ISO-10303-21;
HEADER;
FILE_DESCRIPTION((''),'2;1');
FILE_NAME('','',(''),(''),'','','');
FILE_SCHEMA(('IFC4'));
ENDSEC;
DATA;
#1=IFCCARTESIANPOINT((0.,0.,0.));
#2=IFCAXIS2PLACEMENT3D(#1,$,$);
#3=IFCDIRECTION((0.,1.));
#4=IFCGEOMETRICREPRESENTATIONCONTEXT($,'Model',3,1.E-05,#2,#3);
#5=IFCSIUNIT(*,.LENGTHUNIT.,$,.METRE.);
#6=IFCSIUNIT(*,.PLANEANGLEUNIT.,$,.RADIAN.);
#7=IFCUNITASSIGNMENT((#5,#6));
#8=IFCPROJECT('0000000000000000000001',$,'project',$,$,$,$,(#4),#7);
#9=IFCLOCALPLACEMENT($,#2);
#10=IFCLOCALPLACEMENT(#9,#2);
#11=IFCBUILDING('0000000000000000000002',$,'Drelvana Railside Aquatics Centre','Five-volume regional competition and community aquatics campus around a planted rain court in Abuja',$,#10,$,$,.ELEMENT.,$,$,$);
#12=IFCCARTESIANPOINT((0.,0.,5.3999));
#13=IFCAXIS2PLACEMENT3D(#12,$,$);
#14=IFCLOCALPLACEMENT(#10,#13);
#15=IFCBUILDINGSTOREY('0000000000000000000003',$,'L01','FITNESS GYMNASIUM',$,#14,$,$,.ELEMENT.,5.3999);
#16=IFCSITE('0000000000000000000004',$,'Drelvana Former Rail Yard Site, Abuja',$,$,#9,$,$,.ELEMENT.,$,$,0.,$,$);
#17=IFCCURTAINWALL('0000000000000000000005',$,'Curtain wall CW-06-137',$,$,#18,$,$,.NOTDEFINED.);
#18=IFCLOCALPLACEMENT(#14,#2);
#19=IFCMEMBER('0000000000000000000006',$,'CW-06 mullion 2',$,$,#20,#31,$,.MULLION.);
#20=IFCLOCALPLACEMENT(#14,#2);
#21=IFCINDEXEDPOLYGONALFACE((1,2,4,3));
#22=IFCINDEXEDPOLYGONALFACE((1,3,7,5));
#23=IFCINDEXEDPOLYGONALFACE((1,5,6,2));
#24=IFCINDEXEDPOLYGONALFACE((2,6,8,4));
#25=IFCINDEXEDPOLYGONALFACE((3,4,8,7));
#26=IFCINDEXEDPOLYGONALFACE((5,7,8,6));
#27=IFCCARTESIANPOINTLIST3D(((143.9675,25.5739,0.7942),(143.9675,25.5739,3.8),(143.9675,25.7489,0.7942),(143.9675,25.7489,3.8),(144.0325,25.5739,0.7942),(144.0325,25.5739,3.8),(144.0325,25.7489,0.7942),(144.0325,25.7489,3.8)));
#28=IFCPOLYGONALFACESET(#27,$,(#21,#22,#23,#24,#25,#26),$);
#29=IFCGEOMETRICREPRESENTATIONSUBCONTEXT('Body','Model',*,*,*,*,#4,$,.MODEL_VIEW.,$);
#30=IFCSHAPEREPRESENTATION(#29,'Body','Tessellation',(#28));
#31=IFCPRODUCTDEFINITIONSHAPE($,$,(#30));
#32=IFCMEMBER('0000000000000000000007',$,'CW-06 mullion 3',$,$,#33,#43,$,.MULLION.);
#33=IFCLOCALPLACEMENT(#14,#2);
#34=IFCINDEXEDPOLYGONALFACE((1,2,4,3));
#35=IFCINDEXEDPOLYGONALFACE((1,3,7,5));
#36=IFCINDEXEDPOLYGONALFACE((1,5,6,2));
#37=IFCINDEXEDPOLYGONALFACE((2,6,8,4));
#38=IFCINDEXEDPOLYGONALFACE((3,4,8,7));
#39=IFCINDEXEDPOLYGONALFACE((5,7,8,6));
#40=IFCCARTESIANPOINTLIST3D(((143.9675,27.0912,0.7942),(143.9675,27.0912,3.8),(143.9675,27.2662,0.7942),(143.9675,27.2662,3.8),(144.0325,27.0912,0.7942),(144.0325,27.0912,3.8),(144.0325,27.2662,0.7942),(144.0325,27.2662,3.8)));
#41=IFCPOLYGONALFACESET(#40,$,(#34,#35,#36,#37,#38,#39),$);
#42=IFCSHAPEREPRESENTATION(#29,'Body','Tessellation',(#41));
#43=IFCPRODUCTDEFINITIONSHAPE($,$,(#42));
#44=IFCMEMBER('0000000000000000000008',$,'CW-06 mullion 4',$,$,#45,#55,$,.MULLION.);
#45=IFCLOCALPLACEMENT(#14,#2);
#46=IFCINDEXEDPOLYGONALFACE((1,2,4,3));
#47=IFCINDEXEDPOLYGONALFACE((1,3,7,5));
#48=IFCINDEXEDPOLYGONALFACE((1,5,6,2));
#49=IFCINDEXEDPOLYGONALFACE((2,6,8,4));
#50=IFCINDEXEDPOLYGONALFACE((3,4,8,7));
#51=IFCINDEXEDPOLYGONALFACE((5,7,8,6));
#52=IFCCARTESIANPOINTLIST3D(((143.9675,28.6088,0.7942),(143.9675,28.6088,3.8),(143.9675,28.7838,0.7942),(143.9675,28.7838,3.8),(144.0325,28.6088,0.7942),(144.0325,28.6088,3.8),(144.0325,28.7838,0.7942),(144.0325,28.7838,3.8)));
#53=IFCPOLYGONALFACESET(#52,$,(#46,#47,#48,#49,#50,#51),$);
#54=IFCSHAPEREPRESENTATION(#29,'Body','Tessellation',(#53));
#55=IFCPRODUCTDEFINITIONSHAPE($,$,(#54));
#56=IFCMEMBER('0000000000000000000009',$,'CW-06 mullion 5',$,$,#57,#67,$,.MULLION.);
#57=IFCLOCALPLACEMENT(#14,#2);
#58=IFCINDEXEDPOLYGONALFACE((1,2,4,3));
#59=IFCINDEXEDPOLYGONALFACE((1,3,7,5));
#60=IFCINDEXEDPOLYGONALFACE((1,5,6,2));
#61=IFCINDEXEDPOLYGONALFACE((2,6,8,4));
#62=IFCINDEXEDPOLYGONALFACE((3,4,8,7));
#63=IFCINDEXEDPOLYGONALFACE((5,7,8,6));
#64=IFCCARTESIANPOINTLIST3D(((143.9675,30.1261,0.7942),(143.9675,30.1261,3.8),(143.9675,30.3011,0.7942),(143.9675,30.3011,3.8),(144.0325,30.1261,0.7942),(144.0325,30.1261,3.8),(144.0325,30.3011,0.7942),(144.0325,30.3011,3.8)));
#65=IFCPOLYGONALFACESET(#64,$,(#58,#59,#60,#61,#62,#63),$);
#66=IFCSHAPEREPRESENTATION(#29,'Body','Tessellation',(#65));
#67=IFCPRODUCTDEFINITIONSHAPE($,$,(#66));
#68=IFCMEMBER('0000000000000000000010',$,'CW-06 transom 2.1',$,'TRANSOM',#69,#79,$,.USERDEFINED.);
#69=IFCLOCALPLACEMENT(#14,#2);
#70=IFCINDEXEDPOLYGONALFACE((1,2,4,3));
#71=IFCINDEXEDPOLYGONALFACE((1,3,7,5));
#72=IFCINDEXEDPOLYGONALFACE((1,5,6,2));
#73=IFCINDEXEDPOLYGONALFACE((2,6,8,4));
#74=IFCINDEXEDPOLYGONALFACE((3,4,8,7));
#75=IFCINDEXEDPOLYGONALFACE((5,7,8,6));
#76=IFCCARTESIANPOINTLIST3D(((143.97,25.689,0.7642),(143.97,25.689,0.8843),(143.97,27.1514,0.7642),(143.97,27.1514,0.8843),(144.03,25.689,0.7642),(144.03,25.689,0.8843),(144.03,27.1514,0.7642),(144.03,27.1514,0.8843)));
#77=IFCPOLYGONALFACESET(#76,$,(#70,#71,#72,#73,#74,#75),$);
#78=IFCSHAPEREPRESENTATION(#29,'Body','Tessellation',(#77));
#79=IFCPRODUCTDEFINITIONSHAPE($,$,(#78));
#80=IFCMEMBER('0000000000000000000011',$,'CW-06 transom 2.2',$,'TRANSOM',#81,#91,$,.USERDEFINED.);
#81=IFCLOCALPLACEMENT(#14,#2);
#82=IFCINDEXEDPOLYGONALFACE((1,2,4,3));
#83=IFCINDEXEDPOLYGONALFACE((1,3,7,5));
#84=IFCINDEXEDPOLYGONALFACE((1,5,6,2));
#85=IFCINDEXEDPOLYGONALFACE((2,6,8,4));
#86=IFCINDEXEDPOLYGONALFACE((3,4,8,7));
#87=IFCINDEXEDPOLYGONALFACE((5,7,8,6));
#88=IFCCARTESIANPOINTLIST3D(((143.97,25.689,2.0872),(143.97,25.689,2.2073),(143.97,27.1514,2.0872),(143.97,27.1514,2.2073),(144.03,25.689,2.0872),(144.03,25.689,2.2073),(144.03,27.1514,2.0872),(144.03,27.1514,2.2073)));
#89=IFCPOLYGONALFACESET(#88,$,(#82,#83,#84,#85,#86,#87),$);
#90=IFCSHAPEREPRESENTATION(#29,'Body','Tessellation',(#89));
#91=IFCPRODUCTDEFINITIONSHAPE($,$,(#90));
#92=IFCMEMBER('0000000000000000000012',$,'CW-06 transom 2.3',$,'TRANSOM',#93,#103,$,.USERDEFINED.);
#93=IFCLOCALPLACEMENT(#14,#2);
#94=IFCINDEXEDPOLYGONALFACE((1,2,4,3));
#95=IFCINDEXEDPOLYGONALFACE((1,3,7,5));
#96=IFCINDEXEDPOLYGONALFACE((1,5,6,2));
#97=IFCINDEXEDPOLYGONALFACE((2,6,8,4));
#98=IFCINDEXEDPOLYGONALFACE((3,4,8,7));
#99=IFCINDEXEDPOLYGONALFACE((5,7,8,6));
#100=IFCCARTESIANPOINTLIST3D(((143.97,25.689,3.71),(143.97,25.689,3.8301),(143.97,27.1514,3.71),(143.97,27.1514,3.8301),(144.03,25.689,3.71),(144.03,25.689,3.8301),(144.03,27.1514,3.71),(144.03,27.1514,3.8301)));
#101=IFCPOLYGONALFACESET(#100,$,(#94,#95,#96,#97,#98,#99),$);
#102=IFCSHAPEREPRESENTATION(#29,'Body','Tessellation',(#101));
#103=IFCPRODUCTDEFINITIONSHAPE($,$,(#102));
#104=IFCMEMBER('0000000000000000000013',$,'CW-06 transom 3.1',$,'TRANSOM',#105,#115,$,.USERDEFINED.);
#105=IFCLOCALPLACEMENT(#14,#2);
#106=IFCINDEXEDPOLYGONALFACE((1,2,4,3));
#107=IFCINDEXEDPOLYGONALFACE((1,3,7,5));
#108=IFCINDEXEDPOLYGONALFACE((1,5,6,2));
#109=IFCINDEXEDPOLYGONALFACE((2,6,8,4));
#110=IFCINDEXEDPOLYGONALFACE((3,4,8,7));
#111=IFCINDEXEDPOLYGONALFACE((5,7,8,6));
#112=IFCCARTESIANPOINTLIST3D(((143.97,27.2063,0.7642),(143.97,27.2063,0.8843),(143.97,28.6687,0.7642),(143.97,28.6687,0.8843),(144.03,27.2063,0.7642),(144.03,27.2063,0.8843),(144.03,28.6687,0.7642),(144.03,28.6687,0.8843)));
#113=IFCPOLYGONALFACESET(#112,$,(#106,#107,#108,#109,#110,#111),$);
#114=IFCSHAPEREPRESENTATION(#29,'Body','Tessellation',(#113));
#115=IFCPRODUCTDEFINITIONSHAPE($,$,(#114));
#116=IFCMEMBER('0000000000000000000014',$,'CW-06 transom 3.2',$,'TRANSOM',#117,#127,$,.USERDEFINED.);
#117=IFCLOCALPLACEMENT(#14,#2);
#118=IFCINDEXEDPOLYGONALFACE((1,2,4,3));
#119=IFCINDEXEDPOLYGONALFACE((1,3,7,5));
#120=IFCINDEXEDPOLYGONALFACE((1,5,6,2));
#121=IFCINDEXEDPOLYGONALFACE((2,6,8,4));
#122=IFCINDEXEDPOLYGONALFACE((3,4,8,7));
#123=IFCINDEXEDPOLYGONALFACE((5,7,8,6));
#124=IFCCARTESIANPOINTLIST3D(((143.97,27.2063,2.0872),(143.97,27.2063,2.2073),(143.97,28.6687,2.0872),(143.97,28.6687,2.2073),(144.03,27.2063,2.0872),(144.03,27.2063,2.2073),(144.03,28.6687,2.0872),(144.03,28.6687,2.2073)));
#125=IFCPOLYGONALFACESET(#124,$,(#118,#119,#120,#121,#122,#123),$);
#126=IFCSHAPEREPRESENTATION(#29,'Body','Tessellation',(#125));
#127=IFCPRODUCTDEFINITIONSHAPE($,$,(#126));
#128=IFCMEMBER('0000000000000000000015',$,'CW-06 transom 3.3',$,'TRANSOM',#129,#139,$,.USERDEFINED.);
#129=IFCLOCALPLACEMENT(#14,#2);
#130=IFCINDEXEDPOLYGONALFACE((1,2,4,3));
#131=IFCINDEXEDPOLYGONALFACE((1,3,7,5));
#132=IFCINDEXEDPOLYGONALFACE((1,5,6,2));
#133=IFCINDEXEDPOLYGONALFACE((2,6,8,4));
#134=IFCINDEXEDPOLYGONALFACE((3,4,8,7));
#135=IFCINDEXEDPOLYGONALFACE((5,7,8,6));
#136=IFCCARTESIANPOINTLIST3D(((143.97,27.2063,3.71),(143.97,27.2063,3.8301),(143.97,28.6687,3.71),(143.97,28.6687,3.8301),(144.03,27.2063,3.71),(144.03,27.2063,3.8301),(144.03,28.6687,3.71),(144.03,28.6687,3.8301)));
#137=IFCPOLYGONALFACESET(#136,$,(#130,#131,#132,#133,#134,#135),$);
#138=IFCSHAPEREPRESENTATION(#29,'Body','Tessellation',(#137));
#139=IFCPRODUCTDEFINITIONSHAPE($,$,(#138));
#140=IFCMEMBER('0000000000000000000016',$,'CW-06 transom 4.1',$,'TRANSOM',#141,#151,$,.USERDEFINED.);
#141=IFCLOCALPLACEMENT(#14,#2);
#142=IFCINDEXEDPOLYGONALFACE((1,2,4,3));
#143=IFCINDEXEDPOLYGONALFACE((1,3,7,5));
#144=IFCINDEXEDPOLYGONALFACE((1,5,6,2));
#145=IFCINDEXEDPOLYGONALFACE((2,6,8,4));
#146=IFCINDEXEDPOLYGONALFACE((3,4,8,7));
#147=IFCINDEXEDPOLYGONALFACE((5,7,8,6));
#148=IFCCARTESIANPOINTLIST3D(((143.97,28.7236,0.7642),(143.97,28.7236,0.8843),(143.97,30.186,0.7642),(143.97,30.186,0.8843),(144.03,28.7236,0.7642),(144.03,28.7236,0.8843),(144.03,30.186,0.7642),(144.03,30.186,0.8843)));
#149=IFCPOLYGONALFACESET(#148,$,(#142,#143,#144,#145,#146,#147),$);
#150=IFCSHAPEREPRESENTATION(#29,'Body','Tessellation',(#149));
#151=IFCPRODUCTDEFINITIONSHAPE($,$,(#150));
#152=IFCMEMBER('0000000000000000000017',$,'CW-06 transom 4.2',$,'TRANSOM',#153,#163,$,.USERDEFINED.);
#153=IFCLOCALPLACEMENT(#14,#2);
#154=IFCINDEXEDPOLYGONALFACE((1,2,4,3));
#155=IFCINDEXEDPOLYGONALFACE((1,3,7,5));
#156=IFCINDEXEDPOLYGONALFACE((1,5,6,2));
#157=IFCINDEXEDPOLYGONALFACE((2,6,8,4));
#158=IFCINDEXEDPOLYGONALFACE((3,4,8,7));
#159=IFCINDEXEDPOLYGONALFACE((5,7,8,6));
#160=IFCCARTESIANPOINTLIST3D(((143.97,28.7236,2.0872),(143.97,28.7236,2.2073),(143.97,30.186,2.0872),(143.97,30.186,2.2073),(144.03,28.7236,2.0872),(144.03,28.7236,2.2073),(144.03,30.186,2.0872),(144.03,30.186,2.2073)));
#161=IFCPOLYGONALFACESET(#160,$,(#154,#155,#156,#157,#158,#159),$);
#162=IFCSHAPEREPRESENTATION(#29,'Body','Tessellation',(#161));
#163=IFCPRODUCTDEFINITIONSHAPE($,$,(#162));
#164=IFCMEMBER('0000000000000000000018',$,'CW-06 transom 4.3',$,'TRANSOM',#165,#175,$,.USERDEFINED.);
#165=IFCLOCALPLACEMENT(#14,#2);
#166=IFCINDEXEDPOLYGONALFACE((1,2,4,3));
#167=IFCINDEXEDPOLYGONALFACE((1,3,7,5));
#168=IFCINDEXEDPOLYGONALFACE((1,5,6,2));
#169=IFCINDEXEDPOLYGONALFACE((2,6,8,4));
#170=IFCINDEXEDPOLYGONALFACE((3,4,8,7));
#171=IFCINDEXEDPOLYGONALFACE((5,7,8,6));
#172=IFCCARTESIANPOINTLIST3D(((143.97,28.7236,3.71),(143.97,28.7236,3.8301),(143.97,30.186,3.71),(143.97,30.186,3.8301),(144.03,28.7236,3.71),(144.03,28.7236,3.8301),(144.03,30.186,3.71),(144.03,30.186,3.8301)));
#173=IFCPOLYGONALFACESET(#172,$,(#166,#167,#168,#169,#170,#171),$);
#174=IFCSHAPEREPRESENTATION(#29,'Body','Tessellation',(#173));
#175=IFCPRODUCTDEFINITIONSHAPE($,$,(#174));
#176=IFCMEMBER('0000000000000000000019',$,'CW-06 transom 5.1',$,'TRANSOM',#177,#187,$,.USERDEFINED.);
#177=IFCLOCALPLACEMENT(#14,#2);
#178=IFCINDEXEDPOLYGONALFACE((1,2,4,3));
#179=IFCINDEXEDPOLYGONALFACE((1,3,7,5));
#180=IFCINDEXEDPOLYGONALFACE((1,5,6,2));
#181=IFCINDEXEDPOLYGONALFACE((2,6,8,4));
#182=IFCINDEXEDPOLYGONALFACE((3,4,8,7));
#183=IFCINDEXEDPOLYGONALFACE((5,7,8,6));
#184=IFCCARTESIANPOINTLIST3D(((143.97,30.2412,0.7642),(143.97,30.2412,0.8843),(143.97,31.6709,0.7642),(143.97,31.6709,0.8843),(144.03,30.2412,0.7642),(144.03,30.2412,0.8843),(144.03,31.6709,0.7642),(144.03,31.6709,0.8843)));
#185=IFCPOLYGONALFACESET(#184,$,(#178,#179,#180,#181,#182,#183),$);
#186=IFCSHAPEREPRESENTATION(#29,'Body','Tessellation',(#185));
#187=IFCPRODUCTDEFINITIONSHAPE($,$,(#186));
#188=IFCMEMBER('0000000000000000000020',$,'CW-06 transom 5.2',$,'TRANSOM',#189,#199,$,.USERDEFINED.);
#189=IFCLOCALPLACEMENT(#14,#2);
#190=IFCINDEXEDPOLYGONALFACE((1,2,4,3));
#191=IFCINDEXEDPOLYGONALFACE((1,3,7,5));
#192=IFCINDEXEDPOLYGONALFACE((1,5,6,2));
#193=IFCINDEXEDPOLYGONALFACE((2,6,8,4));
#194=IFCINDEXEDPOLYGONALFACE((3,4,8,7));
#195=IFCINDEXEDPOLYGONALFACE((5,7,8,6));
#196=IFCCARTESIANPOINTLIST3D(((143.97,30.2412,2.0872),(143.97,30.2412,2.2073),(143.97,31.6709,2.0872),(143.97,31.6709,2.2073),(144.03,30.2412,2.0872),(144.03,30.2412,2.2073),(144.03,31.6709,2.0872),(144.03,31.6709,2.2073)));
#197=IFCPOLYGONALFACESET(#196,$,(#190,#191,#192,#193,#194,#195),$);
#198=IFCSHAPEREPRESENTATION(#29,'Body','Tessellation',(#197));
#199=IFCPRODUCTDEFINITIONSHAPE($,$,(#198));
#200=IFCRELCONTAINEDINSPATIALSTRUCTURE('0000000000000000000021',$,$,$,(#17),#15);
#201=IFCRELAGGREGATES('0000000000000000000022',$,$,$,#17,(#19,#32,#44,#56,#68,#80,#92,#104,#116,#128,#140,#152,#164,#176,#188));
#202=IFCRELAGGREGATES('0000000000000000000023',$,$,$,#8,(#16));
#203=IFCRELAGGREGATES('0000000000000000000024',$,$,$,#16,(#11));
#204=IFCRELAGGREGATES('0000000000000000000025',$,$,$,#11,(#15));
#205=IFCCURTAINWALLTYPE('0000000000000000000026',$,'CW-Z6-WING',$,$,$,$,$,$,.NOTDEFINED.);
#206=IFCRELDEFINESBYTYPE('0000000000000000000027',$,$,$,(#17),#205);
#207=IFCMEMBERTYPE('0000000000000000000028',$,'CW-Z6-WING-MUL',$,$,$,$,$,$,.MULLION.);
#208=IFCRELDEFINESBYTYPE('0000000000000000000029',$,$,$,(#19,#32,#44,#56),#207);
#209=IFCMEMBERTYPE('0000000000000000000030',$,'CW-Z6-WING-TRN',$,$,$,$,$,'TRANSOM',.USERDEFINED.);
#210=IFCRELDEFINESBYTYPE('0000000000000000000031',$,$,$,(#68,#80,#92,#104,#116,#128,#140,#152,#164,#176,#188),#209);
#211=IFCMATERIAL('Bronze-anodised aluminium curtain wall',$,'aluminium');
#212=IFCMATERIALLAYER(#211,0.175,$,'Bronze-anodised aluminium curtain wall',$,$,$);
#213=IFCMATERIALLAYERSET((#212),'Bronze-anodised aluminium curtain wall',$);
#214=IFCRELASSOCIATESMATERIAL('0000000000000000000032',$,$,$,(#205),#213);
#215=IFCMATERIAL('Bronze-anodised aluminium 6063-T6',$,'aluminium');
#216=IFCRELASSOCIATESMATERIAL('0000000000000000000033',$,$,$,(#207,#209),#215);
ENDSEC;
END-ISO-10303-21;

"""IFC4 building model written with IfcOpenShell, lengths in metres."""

from ifc_helpers import new_model, si_unit, direction, frame, origin, origin_2d, place, context, subcontext, project, spatial, rectangle, extrude, material, layer, layer_set, material_profile, profile_set, type_object, element, aggregate, save


model = new_model("IFC4")

# Units and contexts
model_context = context("Model", 3, precision=1e-05, world=origin(), true_north=direction((0.0, 1.0)))
body_context = subcontext(model_context, "Body", "Model", "MODEL_VIEW")
ifc_project = project(units=[si_unit("LENGTHUNIT", "METRE"), si_unit("PLANEANGLEUNIT", "RADIAN")], contexts=[model_context])

# Site, building, storey
site_placement = place(None, origin())
site = spatial("IfcSite", under=ifc_project, at=site_placement, Name="Drelvana Former Rail Yard Site, Abuja", CompositionType="ELEMENT", RefElevation=0.0)
building_placement = place(site_placement, origin())
building = spatial("IfcBuilding", under=site, at=building_placement, Name="Drelvana Railside Aquatics Centre", Description="Five-volume regional competition and community aquatics campus around a planted rain court in Abuja", CompositionType="ELEMENT")
storey_placement = place(building_placement, frame((0.0, 0.0, 5.3999)))
storey = spatial("IfcBuildingStorey", under=building, at=storey_placement, Name="L01", Description="FITNESS GYMNASIUM", CompositionType="ELEMENT", Elevation=5.3999)

# Curtain wall, members
ifc_material_1 = material(Name="Bronze-anodised aluminium curtain wall", Category="aluminium")
ifc_layer_1 = layer(ifc_material_1, 0.175, Name="Bronze-anodised aluminium curtain wall")
ifc_layer_set_1 = layer_set([ifc_layer_1], Name="Bronze-anodised aluminium curtain wall")
curtain_wall_type = type_object("IfcCurtainWallType", Name="CW-Z6-WING", PredefinedType="NOTDEFINED", material=ifc_layer_set_1)
curtain_wall_placement = place(storey_placement, origin())
curtain_wall = element("IfcCurtainWall", 1, at=curtain_wall_placement, inside=storey, type_object=curtain_wall_type, Name="Curtain wall CW-06-137", PredefinedType="NOTDEFINED")
ifc_material_2 = material(Name="Bronze-anodised aluminium 6063-T6", Category="aluminium")
ifc_material_profile_1 = material_profile(ifc_material_2, rectangle(XDim=0.0649, YDim=0.175, at=origin_2d()), Name="ALU-M 65x175")
ifc_profile_set_1 = profile_set([ifc_material_profile_1], Name="Bronze-anodised aluminium 6063-T6")
member_type_1 = type_object("IfcMemberType", Name="CW-Z6-WING-MUL", PredefinedType="MULLION", material=ifc_profile_set_1)
member_1_placement = place(storey_placement, frame((144.0, 25.6614, 0.7942), z_axis=(0.0, 0.0, 1.0), x_axis=(-1.0, 0.0, 0.0)))
member_1 = element("IfcMember", 2, at=member_1_placement, type_object=member_type_1, Name="CW-06 mullion 2", PredefinedType="MULLION", context=body_context, shape_type="SweptSolid", body=[
    extrude(rectangle(XDim=0.0649, YDim=0.175, at=origin_2d()), origin(), (0.0, 0.0, 1.0), 3.0059),
])
member_2_placement = place(storey_placement, frame((144.0, 27.1787, 0.7942), z_axis=(0.0, 0.0, 1.0), x_axis=(-1.0, 0.0, 0.0)))
member_2 = element("IfcMember", 3, at=member_2_placement, type_object=member_type_1, Name="CW-06 mullion 3", PredefinedType="MULLION", context=body_context, shape_type="SweptSolid", body=[
    extrude(rectangle(XDim=0.0649, YDim=0.175, at=origin_2d()), origin(), (0.0, 0.0, 1.0), 3.0059),
])
member_3_placement = place(storey_placement, frame((144.0, 28.6963, 0.7942), z_axis=(0.0, 0.0, 1.0), x_axis=(-1.0, 0.0, 0.0)))
member_3 = element("IfcMember", 4, at=member_3_placement, type_object=member_type_1, Name="CW-06 mullion 4", PredefinedType="MULLION", context=body_context, shape_type="SweptSolid", body=[
    extrude(rectangle(XDim=0.0649, YDim=0.175, at=origin_2d()), origin(), (0.0, 0.0, 1.0), 3.0059),
])
member_4_placement = place(storey_placement, frame((144.0, 30.2136, 0.7942), z_axis=(0.0, 0.0, 1.0), x_axis=(-1.0, 0.0, 0.0)))
member_4 = element("IfcMember", 5, at=member_4_placement, type_object=member_type_1, Name="CW-06 mullion 5", PredefinedType="MULLION", context=body_context, shape_type="SweptSolid", body=[
    extrude(rectangle(XDim=0.0649, YDim=0.175, at=origin_2d()), origin(), (0.0, 0.0, 1.0), 3.0059),
])
ifc_material_profile_2 = material_profile(ifc_material_2, rectangle(XDim=0.1201, YDim=0.0601, at=origin_2d()), Name="ALU-T 60x120")
ifc_profile_set_2 = profile_set([ifc_material_profile_2], Name="Bronze-anodised aluminium 6063-T6")
member_type_2 = type_object("IfcMemberType", Name="CW-Z6-WING-TRN", ElementType="TRANSOM", PredefinedType="USERDEFINED", material=ifc_profile_set_2)
member_5_placement = place(storey_placement, frame((144.0, 25.689, 0.8242), z_axis=(0.0, 1.0, 0.0), x_axis=(0.0, 0.0, 1.0)))
member_5 = element("IfcMember", 6, at=member_5_placement, type_object=member_type_2, Name="CW-06 transom 2.1", ObjectType="TRANSOM", PredefinedType="USERDEFINED", context=body_context, shape_type="SweptSolid", body=[
    extrude(rectangle(XDim=0.1201, YDim=0.0601, at=origin_2d()), origin(), (0.0, 0.0, 1.0), 1.4624),
])
member_6_placement = place(storey_placement, frame((144.0, 25.689, 2.1472), z_axis=(0.0, 1.0, 0.0), x_axis=(0.0, 0.0, 1.0)))
member_6 = element("IfcMember", 7, at=member_6_placement, type_object=member_type_2, Name="CW-06 transom 2.2", ObjectType="TRANSOM", PredefinedType="USERDEFINED", context=body_context, shape_type="SweptSolid", body=[
    extrude(rectangle(XDim=0.1201, YDim=0.0601, at=origin_2d()), origin(), (0.0, 0.0, 1.0), 1.4624),
])
member_7_placement = place(storey_placement, frame((144.0, 25.689, 3.77), z_axis=(0.0, 1.0, 0.0), x_axis=(0.0, 0.0, 1.0)))
member_7 = element("IfcMember", 8, at=member_7_placement, type_object=member_type_2, Name="CW-06 transom 2.3", ObjectType="TRANSOM", PredefinedType="USERDEFINED", context=body_context, shape_type="SweptSolid", body=[
    extrude(rectangle(XDim=0.1201, YDim=0.0601, at=origin_2d()), origin(), (0.0, 0.0, 1.0), 1.4624),
])
member_8_placement = place(storey_placement, frame((144.0, 27.2063, 0.8242), z_axis=(0.0, 1.0, 0.0), x_axis=(0.0, 0.0, 1.0)))
member_8 = element("IfcMember", 9, at=member_8_placement, type_object=member_type_2, Name="CW-06 transom 3.1", ObjectType="TRANSOM", PredefinedType="USERDEFINED", context=body_context, shape_type="SweptSolid", body=[
    extrude(rectangle(XDim=0.1201, YDim=0.0601, at=origin_2d()), origin(), (0.0, 0.0, 1.0), 1.4624),
])
member_9_placement = place(storey_placement, frame((144.0, 27.2063, 2.1472), z_axis=(0.0, 1.0, 0.0), x_axis=(0.0, 0.0, 1.0)))
member_9 = element("IfcMember", 10, at=member_9_placement, type_object=member_type_2, Name="CW-06 transom 3.2", ObjectType="TRANSOM", PredefinedType="USERDEFINED", context=body_context, shape_type="SweptSolid", body=[
    extrude(rectangle(XDim=0.1201, YDim=0.0601, at=origin_2d()), origin(), (0.0, 0.0, 1.0), 1.4624),
])
member_10_placement = place(storey_placement, frame((144.0, 27.2063, 3.77), z_axis=(0.0, 1.0, 0.0), x_axis=(0.0, 0.0, 1.0)))
member_10 = element("IfcMember", 11, at=member_10_placement, type_object=member_type_2, Name="CW-06 transom 3.3", ObjectType="TRANSOM", PredefinedType="USERDEFINED", context=body_context, shape_type="SweptSolid", body=[
    extrude(rectangle(XDim=0.1201, YDim=0.0601, at=origin_2d()), origin(), (0.0, 0.0, 1.0), 1.4624),
])
member_11_placement = place(storey_placement, frame((144.0, 28.7236, 0.8242), z_axis=(0.0, 1.0, 0.0), x_axis=(0.0, 0.0, 1.0)))
member_11 = element("IfcMember", 12, at=member_11_placement, type_object=member_type_2, Name="CW-06 transom 4.1", ObjectType="TRANSOM", PredefinedType="USERDEFINED", context=body_context, shape_type="SweptSolid", body=[
    extrude(rectangle(XDim=0.1201, YDim=0.0601, at=origin_2d()), origin(), (0.0, 0.0, 1.0), 1.4624),
])
member_12_placement = place(storey_placement, frame((144.0, 28.7236, 2.1472), z_axis=(0.0, 1.0, 0.0), x_axis=(0.0, 0.0, 1.0)))
member_12 = element("IfcMember", 13, at=member_12_placement, type_object=member_type_2, Name="CW-06 transom 4.2", ObjectType="TRANSOM", PredefinedType="USERDEFINED", context=body_context, shape_type="SweptSolid", body=[
    extrude(rectangle(XDim=0.1201, YDim=0.0601, at=origin_2d()), origin(), (0.0, 0.0, 1.0), 1.4624),
])
member_13_placement = place(storey_placement, frame((144.0, 28.7236, 3.77), z_axis=(0.0, 1.0, 0.0), x_axis=(0.0, 0.0, 1.0)))
member_13 = element("IfcMember", 14, at=member_13_placement, type_object=member_type_2, Name="CW-06 transom 4.3", ObjectType="TRANSOM", PredefinedType="USERDEFINED", context=body_context, shape_type="SweptSolid", body=[
    extrude(rectangle(XDim=0.1201, YDim=0.0601, at=origin_2d()), origin(), (0.0, 0.0, 1.0), 1.4624),
])
member_14_placement = place(storey_placement, frame((144.0, 30.2412, 0.8242), z_axis=(0.0, 1.0, 0.0), x_axis=(0.0, 0.0, 1.0)))
member_14 = element("IfcMember", 15, at=member_14_placement, type_object=member_type_2, Name="CW-06 transom 5.1", ObjectType="TRANSOM", PredefinedType="USERDEFINED", context=body_context, shape_type="SweptSolid", body=[
    extrude(rectangle(XDim=0.1201, YDim=0.0601, at=origin_2d()), origin(), (0.0, 0.0, 1.0), 1.4297),
])
member_15_placement = place(storey_placement, frame((144.0, 30.2412, 2.1472), z_axis=(0.0, 1.0, 0.0), x_axis=(0.0, 0.0, 1.0)))
member_15 = element("IfcMember", 16, at=member_15_placement, type_object=member_type_2, Name="CW-06 transom 5.2", ObjectType="TRANSOM", PredefinedType="USERDEFINED", context=body_context, shape_type="SweptSolid", body=[
    extrude(rectangle(XDim=0.1201, YDim=0.0601, at=origin_2d()), origin(), (0.0, 0.0, 1.0), 1.4297),
])
aggregate(curtain_wall, [member_1, member_2, member_3, member_4, member_5, member_6, member_7, member_8, member_9, member_10, member_11, member_12, member_13, member_14, member_15])

save(model, "model.ifc")
